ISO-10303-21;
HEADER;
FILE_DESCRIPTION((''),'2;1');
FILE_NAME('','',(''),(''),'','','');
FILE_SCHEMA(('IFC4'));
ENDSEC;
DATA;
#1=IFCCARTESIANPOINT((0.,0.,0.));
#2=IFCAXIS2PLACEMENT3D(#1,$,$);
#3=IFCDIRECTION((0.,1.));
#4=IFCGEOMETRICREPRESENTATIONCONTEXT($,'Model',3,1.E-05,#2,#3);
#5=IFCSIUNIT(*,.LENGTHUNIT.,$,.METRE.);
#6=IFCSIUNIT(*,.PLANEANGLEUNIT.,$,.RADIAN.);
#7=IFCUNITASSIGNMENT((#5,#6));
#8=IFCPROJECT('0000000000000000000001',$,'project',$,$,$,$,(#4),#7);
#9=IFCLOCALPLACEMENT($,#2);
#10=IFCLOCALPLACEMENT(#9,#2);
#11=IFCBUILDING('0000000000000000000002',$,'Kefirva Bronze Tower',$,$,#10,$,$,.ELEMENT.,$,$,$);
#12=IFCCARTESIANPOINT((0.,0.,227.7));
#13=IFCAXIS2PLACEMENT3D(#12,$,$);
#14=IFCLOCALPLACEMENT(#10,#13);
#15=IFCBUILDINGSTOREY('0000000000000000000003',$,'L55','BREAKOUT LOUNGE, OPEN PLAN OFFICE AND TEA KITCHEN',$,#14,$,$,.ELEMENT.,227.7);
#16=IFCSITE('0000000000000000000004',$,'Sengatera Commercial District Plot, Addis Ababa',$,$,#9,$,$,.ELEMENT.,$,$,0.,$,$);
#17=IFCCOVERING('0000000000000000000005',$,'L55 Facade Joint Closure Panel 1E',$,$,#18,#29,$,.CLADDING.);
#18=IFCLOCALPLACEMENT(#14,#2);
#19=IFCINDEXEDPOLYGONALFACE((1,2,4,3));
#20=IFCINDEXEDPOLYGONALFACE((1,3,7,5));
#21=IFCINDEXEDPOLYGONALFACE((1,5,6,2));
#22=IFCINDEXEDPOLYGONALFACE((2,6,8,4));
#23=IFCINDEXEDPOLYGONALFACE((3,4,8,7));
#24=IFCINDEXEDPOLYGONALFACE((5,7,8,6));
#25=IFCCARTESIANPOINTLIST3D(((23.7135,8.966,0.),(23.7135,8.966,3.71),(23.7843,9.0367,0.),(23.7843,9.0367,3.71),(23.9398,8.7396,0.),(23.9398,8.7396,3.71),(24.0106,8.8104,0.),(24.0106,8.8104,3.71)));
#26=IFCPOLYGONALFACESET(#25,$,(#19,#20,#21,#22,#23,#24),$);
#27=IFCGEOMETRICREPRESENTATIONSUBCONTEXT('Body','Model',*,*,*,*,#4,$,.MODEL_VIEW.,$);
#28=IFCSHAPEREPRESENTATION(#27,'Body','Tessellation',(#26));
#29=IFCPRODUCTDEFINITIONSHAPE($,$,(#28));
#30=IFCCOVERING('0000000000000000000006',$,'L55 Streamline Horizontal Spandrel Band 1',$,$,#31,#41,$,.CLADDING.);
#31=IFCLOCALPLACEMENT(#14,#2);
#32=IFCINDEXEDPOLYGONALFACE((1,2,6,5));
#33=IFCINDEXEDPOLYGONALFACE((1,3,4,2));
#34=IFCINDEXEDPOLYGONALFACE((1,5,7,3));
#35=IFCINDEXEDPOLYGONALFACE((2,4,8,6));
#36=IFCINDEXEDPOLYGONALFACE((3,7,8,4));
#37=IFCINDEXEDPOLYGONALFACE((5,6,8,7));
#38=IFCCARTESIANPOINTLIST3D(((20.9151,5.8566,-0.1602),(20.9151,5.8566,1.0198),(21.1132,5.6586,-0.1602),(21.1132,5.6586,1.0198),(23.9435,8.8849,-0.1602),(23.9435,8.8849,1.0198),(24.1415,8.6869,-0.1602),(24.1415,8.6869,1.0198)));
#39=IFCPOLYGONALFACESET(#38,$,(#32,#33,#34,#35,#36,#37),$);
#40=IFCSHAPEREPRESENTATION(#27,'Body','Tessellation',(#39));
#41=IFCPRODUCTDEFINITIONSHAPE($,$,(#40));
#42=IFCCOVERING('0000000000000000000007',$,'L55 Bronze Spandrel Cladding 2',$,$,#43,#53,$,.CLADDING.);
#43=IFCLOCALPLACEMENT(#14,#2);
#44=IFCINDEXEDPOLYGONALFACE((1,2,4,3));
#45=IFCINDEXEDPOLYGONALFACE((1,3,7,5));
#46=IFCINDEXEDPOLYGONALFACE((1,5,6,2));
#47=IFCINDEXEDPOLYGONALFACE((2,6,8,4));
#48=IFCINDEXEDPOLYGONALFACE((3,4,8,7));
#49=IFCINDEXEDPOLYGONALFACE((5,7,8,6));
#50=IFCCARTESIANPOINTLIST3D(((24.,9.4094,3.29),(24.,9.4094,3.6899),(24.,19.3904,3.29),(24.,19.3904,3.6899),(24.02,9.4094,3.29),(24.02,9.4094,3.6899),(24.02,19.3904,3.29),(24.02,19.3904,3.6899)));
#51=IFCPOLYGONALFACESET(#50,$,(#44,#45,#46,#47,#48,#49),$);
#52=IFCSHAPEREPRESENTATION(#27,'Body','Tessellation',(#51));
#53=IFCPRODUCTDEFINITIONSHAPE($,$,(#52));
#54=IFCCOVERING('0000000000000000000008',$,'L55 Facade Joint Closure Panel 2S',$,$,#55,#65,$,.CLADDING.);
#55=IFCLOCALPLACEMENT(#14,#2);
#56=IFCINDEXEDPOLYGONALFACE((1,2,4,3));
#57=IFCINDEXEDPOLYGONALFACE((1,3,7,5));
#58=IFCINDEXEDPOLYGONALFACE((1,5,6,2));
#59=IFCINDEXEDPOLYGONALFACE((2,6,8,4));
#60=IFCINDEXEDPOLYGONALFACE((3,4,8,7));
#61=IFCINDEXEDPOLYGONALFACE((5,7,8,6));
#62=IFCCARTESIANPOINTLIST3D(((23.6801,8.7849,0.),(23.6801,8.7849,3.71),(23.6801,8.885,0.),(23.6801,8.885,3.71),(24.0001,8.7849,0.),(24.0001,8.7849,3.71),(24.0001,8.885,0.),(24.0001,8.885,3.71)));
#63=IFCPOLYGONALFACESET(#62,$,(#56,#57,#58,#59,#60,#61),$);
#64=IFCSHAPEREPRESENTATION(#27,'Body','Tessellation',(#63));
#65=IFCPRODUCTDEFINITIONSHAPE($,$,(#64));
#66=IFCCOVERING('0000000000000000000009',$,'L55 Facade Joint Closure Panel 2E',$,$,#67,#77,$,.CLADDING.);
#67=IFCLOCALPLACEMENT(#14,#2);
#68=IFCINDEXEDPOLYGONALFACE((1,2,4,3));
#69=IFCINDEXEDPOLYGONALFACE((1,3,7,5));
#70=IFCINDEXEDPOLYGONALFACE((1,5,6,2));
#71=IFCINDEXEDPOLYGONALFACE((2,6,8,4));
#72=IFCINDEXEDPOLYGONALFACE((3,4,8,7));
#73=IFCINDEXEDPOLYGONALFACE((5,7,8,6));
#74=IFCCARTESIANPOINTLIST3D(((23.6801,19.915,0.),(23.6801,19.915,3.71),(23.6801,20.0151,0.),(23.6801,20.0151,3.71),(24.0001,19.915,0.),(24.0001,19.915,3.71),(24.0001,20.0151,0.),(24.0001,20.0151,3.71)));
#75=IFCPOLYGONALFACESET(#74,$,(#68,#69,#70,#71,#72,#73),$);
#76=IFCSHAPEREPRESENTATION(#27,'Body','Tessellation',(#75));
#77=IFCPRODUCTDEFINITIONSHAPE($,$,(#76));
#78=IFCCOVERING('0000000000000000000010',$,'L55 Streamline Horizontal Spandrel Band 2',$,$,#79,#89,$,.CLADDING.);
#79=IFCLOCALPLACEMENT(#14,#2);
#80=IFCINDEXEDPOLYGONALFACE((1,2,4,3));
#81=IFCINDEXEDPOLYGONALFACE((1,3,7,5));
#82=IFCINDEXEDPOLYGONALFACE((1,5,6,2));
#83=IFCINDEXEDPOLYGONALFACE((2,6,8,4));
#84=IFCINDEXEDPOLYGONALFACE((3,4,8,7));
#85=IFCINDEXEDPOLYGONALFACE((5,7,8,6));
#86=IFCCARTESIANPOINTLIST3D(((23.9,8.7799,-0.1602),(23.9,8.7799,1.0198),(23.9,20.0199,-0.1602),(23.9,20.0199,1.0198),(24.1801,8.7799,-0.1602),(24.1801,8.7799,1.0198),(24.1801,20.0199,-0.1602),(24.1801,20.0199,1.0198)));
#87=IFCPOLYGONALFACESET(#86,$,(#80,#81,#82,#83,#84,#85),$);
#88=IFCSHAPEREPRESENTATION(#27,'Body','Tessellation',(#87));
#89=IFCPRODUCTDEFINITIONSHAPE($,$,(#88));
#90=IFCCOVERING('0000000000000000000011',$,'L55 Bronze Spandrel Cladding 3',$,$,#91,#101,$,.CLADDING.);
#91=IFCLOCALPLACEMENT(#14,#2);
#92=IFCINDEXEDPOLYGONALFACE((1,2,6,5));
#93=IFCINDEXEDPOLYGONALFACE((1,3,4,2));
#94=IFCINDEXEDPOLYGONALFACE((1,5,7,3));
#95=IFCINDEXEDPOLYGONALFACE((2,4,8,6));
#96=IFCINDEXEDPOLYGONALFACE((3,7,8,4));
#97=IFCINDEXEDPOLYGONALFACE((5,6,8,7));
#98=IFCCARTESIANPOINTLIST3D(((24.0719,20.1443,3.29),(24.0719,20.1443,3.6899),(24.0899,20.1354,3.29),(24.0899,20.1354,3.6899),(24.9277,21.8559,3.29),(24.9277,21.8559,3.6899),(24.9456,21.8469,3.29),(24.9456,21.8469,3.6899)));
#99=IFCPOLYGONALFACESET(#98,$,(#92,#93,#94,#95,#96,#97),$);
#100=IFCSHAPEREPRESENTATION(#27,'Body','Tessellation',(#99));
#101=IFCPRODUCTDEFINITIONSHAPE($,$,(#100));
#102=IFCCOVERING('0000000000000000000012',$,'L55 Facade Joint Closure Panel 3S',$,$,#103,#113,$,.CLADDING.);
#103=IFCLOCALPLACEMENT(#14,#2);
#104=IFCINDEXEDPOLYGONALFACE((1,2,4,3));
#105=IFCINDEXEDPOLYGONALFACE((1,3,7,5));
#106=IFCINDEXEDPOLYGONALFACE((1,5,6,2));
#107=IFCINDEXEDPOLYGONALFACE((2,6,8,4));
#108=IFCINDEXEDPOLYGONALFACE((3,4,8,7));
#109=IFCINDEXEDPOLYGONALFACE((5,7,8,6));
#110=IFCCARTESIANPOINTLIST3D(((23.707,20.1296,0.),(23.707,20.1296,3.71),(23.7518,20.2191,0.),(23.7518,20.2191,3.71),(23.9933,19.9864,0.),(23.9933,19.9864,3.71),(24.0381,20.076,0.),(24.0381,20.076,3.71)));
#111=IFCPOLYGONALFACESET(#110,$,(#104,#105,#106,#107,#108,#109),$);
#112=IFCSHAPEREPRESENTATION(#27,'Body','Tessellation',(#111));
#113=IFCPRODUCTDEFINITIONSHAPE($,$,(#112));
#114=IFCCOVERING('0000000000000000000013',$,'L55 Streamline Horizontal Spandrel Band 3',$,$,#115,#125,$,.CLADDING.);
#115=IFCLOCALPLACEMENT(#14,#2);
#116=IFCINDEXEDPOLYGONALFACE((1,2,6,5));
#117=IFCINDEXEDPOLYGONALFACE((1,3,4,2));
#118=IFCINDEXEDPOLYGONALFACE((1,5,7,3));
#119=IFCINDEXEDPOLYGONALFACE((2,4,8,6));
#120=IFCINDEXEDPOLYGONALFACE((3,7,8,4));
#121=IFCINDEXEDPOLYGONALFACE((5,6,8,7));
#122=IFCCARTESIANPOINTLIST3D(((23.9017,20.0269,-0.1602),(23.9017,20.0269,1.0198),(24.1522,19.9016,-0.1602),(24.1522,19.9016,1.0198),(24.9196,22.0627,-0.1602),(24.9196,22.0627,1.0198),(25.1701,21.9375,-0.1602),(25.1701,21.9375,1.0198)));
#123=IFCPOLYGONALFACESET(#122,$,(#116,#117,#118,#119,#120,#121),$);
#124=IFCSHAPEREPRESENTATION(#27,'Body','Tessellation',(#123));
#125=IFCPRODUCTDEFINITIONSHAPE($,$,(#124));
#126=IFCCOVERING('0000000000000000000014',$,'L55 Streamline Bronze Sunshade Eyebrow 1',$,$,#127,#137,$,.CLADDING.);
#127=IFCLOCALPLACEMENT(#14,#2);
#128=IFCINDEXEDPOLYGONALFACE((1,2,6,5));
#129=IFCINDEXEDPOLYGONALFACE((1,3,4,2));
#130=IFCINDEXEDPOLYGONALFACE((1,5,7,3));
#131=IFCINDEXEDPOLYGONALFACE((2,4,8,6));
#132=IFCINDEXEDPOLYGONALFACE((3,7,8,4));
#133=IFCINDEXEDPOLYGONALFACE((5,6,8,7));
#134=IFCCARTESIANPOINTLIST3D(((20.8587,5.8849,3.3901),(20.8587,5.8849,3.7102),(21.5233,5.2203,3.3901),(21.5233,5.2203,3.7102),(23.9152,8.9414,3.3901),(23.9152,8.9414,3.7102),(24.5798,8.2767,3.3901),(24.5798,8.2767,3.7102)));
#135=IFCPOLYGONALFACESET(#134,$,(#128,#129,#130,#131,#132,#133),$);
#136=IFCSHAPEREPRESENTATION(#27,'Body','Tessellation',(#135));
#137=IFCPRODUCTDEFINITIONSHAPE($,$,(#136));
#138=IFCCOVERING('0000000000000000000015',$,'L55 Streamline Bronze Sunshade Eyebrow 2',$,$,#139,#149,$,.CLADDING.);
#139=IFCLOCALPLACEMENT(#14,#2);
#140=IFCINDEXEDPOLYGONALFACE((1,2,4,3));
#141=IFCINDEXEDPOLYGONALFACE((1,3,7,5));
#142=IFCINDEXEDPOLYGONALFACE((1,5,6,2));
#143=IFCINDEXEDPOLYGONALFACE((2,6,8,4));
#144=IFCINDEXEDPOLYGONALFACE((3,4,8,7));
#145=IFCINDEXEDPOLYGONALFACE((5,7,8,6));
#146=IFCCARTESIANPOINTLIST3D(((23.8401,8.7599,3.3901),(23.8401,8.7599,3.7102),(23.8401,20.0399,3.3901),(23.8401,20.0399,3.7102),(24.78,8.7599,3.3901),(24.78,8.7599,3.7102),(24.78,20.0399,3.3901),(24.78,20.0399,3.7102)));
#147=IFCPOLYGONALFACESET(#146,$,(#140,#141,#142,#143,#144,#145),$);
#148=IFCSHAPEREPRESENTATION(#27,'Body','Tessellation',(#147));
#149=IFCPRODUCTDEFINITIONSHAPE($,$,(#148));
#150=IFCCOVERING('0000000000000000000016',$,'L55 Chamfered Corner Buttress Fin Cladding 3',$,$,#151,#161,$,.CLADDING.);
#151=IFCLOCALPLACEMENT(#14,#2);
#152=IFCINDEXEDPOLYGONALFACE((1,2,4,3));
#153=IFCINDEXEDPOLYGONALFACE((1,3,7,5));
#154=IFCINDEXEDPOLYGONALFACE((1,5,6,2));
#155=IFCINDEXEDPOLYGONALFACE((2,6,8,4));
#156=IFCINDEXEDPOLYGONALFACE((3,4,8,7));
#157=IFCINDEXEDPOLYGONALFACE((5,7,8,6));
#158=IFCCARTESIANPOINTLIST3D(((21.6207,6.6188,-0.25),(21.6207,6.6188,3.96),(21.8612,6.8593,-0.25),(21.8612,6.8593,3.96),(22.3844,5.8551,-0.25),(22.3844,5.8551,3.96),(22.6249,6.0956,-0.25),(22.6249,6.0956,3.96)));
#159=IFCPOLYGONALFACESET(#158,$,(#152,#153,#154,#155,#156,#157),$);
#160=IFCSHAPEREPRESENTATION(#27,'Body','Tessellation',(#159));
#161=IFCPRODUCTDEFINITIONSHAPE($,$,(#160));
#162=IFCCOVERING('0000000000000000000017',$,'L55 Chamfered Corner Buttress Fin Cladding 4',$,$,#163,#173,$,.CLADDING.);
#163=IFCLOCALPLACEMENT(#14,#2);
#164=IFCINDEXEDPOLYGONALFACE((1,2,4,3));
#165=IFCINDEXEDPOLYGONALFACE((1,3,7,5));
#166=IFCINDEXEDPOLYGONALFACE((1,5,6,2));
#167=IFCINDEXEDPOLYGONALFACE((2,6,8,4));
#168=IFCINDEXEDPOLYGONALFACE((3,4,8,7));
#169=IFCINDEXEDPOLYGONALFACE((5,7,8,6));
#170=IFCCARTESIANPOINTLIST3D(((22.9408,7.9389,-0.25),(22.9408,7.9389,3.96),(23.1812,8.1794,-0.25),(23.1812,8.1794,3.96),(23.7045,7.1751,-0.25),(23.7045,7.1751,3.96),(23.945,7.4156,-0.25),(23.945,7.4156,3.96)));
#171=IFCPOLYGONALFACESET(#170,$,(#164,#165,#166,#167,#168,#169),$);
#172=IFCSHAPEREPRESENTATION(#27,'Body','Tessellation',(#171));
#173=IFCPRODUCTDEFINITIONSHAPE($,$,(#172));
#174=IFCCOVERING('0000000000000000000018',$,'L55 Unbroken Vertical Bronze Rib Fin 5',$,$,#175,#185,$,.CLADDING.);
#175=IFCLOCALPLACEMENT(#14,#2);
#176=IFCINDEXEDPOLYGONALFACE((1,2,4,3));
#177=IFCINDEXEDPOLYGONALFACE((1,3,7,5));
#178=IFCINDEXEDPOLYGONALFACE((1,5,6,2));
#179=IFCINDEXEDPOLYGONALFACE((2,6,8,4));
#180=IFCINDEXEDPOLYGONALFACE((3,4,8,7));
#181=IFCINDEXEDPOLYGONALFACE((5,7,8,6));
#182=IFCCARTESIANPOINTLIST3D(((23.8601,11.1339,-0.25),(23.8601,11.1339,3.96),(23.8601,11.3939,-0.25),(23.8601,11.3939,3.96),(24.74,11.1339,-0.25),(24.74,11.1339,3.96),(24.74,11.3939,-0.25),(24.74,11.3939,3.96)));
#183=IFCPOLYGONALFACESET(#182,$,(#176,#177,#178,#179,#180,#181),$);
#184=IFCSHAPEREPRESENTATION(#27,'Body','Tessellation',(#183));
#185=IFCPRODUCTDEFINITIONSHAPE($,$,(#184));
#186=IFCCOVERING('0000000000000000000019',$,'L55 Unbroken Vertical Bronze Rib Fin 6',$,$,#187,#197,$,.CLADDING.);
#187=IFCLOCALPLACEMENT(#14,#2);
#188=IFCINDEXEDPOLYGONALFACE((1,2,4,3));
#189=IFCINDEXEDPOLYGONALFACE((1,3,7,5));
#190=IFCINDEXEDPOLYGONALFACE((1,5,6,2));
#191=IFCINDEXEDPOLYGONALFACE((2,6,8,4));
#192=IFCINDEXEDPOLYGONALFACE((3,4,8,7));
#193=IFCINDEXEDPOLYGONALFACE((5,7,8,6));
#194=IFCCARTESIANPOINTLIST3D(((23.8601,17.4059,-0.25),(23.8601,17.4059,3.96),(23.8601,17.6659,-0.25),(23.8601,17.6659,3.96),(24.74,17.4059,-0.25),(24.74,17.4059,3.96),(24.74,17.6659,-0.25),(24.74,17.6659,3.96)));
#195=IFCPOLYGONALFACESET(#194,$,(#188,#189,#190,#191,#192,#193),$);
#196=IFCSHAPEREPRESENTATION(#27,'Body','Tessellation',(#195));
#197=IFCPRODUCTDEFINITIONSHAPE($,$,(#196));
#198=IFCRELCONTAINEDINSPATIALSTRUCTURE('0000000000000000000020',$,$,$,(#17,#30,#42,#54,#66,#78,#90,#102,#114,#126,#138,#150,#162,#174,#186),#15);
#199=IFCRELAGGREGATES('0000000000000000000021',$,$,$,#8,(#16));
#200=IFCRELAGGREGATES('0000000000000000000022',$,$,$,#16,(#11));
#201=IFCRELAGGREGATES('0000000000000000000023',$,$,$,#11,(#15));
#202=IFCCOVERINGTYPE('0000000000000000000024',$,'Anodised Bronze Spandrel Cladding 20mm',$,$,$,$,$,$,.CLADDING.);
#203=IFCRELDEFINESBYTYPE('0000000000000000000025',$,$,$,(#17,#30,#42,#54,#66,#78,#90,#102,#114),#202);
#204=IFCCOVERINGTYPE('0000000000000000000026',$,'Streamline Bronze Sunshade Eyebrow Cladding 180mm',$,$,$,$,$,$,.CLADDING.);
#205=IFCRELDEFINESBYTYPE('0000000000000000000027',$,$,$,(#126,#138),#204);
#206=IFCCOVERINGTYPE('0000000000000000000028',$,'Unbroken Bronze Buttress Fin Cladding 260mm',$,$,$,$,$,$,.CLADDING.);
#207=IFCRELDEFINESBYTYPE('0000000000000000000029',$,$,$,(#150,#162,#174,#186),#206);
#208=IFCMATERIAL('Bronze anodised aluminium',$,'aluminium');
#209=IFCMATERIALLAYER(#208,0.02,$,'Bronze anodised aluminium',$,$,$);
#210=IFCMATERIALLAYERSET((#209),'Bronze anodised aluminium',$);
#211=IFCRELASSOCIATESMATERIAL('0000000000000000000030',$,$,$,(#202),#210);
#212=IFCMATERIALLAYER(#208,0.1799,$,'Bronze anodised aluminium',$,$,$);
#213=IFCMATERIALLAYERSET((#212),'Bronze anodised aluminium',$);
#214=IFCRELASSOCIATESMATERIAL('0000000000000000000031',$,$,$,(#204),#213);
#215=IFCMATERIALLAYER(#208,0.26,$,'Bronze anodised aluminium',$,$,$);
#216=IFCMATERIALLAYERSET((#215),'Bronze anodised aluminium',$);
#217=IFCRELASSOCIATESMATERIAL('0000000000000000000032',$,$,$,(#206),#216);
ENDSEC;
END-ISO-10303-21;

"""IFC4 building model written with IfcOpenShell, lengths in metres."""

from ifc_helpers import new_model, si_unit, direction, frame, origin, origin_2d, place, context, subcontext, project, spatial, rectangle, extrude, material, layer, layer_set, type_object, element, save


model = new_model("IFC4")

# Units and contexts
model_context = context("Model", 3, precision=1e-05, world=origin(), true_north=direction((0.0, 1.0)))
body_context = subcontext(model_context, "Body", "Model", "MODEL_VIEW")
ifc_project = project(units=[si_unit("LENGTHUNIT", "METRE"), si_unit("PLANEANGLEUNIT", "RADIAN")], contexts=[model_context])

# Site, building, storey
site_placement = place(None, origin())
site = spatial("IfcSite", under=ifc_project, at=site_placement, Name="Sengatera Commercial District Plot, Addis Ababa", CompositionType="ELEMENT", RefElevation=0.0)
building_placement = place(site_placement, origin())
building = spatial("IfcBuilding", under=site, at=building_placement, Name="Kefirva Bronze Tower", CompositionType="ELEMENT")
storey_placement = place(building_placement, frame((0.0, 0.0, 227.7)))
storey = spatial("IfcBuildingStorey", under=building, at=storey_placement, Name="L55", Description="BREAKOUT LOUNGE, OPEN PLAN OFFICE AND TEA KITCHEN", CompositionType="ELEMENT", Elevation=227.7)

# Shared definitions
ifc_material_1 = material(Name="Bronze anodised aluminium", Category="aluminium")

# Coverings
ifc_layer_1 = layer(ifc_material_1, 0.02, Name="Bronze anodised aluminium")
ifc_layer_set_1 = layer_set([ifc_layer_1], Name="Bronze anodised aluminium")
covering_type_1 = type_object("IfcCoveringType", Name="Anodised Bronze Spandrel Cladding 20mm", PredefinedType="CLADDING", material=ifc_layer_set_1)
for number, where, z_axis, x_axis, name in (
    (1, (23.8621, 8.8882, 0.0), (0.0, 0.0, 1.0), (0.707107, 0.707107, 0.0), "L55 Facade Joint Closure Panel 1E"),
):
    element("IfcCovering", number, at=place(storey_placement, frame(where, z_axis=z_axis, x_axis=x_axis)), inside=storey, type_object=covering_type_1, Name=name, PredefinedType="CLADDING", context=body_context, shape_type="SweptSolid", body=[
        extrude(rectangle(XDim=0.1001, YDim=0.3201, at=origin_2d()), origin(), (0.0, 0.0, 1.0), 3.71),
    ])
covering_1_placement = place(storey_placement, frame((22.5283, 7.2717, -0.1602), z_axis=(0.0, 0.0, 1.0), x_axis=(0.707107, 0.707107, 0.0)))
element("IfcCovering", 2, at=covering_1_placement, inside=storey, type_object=covering_type_1, Name="L55 Streamline Horizontal Spandrel Band 1", PredefinedType="CLADDING", context=body_context, shape_type="SweptSolid", body=[
    extrude(rectangle(XDim=4.2827, YDim=0.28, at=origin_2d()), origin(), (0.0, 0.0, 1.0), 1.1799),
])
covering_2_placement = place(storey_placement, frame((24.01, 14.3999, 3.29), z_axis=(0.0, 0.0, 1.0), x_axis=(0.0, 1.0, 0.0)))
element("IfcCovering", 3, at=covering_2_placement, inside=storey, type_object=covering_type_1, Name="L55 Bronze Spandrel Cladding 2", PredefinedType="CLADDING", context=body_context, shape_type="SweptSolid", body=[
    extrude(rectangle(XDim=9.981, YDim=0.02, at=origin_2d()), origin(), (0.0, 0.0, 1.0), 0.3999),
])
for number, where, z_axis, x_axis, name in (
    (4, (23.8401, 8.835, 0.0), (0.0, 0.0, 1.0), (0.0, 1.0, 0.0), "L55 Facade Joint Closure Panel 2S"),
    (5, (23.8401, 19.9651, 0.0), (0.0, 0.0, 1.0), (0.0, 1.0, 0.0), "L55 Facade Joint Closure Panel 2E"),
):
    element("IfcCovering", number, at=place(storey_placement, frame(where, z_axis=z_axis, x_axis=x_axis)), inside=storey, type_object=covering_type_1, Name=name, PredefinedType="CLADDING", context=body_context, shape_type="SweptSolid", body=[
        extrude(rectangle(XDim=0.1001, YDim=0.3201, at=origin_2d()), origin(), (0.0, 0.0, 1.0), 3.71),
    ])
covering_3_placement = place(storey_placement, frame((24.04, 14.3999, -0.1602), z_axis=(0.0, 0.0, 1.0), x_axis=(0.0, 1.0, 0.0)))
element("IfcCovering", 6, at=covering_3_placement, inside=storey, type_object=covering_type_1, Name="L55 Streamline Horizontal Spandrel Band 2", PredefinedType="CLADDING", context=body_context, shape_type="SweptSolid", body=[
    extrude(rectangle(XDim=11.24, YDim=0.28, at=origin_2d()), origin(), (0.0, 0.0, 1.0), 1.1799),
])
covering_4_placement = place(storey_placement, frame((24.5088, 20.9956, 3.29), z_axis=(0.0, 0.0, 1.0), x_axis=(0.447214, 0.894427, 0.0)))
element("IfcCovering", 7, at=covering_4_placement, inside=storey, type_object=covering_type_1, Name="L55 Bronze Spandrel Cladding 3", PredefinedType="CLADDING", context=body_context, shape_type="SweptSolid", body=[
    extrude(rectangle(XDim=1.9136, YDim=0.02, at=origin_2d()), origin(), (0.0, 0.0, 1.0), 0.3999),
])
covering_5_placement = place(storey_placement, frame((23.8726, 20.1028, 0.0), z_axis=(0.0, 0.0, 1.0), x_axis=(0.447214, 0.894427, 0.0)))
element("IfcCovering", 8, at=covering_5_placement, inside=storey, type_object=covering_type_1, Name="L55 Facade Joint Closure Panel 3S", PredefinedType="CLADDING", context=body_context, shape_type="SweptSolid", body=[
    extrude(rectangle(XDim=0.1001, YDim=0.3201, at=origin_2d()), origin(), (0.0, 0.0, 1.0), 3.71),
])
covering_6_placement = place(storey_placement, frame((24.5359, 20.9822, -0.1602), z_axis=(0.0, 0.0, 1.0), x_axis=(0.447214, 0.894427, 0.0)))
element("IfcCovering", 9, at=covering_6_placement, inside=storey, type_object=covering_type_1, Name="L55 Streamline Horizontal Spandrel Band 3", PredefinedType="CLADDING", context=body_context, shape_type="SweptSolid", body=[
    extrude(rectangle(XDim=2.2761, YDim=0.28, at=origin_2d()), origin(), (0.0, 0.0, 1.0), 1.1799),
])
ifc_layer_2 = layer(ifc_material_1, 0.1799, Name="Bronze anodised aluminium")
ifc_layer_set_2 = layer_set([ifc_layer_2], Name="Bronze anodised aluminium")
covering_type_2 = type_object("IfcCoveringType", Name="Streamline Bronze Sunshade Eyebrow Cladding 180mm", PredefinedType="CLADDING", material=ifc_layer_set_2)
covering_7_placement = place(storey_placement, frame((22.7192, 7.0808, 3.3901), z_axis=(0.0, 0.0, 1.0), x_axis=(0.707107, 0.707107, 0.0)))
element("IfcCovering", 10, at=covering_7_placement, inside=storey, type_object=covering_type_2, Name="L55 Streamline Bronze Sunshade Eyebrow 1", PredefinedType="CLADDING", context=body_context, shape_type="SweptSolid", body=[
    extrude(rectangle(XDim=4.3225, YDim=0.9399, at=origin_2d()), origin(), (0.0, 0.0, 1.0), 0.3201),
])
covering_8_placement = place(storey_placement, frame((24.3101, 14.3999, 3.3901), z_axis=(0.0, 0.0, 1.0), x_axis=(0.0, 1.0, 0.0)))
element("IfcCovering", 11, at=covering_8_placement, inside=storey, type_object=covering_type_2, Name="L55 Streamline Bronze Sunshade Eyebrow 2", PredefinedType="CLADDING", context=body_context, shape_type="SweptSolid", body=[
    extrude(rectangle(XDim=11.28, YDim=0.9399, at=origin_2d()), origin(), (0.0, 0.0, 1.0), 0.3201),
])
ifc_layer_3 = layer(ifc_material_1, 0.26, Name="Bronze anodised aluminium")
ifc_layer_set_3 = layer_set([ifc_layer_3], Name="Bronze anodised aluminium")
covering_type_3 = type_object("IfcCoveringType", Name="Unbroken Bronze Buttress Fin Cladding 260mm", PredefinedType="CLADDING", material=ifc_layer_set_3)
for number, where, z_axis, x_axis, name in (
    (12, (22.1228, 6.3572, -0.25), (0.0, 0.0, 1.0), (0.707107, 0.707107, 0.0), "L55 Chamfered Corner Buttress Fin Cladding 3"),
    (13, (23.4429, 7.6772, -0.25), (0.0, 0.0, 1.0), (0.707107, 0.707107, 0.0), "L55 Chamfered Corner Buttress Fin Cladding 4"),
):
    element("IfcCovering", number, at=place(storey_placement, frame(where, z_axis=z_axis, x_axis=x_axis)), inside=storey, type_object=covering_type_3, Name=name, PredefinedType="CLADDING", context=body_context, shape_type="SweptSolid", body=[
        extrude(rectangle(XDim=0.3401, YDim=1.0801, at=origin_2d()), origin(), (0.0, 0.0, 1.0), 4.21),
    ])
for number, where, z_axis, x_axis, name in (
    (14, (24.3, 11.2639, -0.25), (0.0, 0.0, 1.0), (0.0, 1.0, 0.0), "L55 Unbroken Vertical Bronze Rib Fin 5"),
    (15, (24.3, 17.5359, -0.25), (0.0, 0.0, 1.0), (0.0, 1.0, 0.0), "L55 Unbroken Vertical Bronze Rib Fin 6"),
):
    element("IfcCovering", number, at=place(storey_placement, frame(where, z_axis=z_axis, x_axis=x_axis)), inside=storey, type_object=covering_type_3, Name=name, PredefinedType="CLADDING", context=body_context, shape_type="SweptSolid", body=[
        extrude(rectangle(XDim=0.26, YDim=0.8799, at=origin_2d()), origin(), (0.0, 0.0, 1.0), 4.21),
    ])

save(model, "model.ifc")
